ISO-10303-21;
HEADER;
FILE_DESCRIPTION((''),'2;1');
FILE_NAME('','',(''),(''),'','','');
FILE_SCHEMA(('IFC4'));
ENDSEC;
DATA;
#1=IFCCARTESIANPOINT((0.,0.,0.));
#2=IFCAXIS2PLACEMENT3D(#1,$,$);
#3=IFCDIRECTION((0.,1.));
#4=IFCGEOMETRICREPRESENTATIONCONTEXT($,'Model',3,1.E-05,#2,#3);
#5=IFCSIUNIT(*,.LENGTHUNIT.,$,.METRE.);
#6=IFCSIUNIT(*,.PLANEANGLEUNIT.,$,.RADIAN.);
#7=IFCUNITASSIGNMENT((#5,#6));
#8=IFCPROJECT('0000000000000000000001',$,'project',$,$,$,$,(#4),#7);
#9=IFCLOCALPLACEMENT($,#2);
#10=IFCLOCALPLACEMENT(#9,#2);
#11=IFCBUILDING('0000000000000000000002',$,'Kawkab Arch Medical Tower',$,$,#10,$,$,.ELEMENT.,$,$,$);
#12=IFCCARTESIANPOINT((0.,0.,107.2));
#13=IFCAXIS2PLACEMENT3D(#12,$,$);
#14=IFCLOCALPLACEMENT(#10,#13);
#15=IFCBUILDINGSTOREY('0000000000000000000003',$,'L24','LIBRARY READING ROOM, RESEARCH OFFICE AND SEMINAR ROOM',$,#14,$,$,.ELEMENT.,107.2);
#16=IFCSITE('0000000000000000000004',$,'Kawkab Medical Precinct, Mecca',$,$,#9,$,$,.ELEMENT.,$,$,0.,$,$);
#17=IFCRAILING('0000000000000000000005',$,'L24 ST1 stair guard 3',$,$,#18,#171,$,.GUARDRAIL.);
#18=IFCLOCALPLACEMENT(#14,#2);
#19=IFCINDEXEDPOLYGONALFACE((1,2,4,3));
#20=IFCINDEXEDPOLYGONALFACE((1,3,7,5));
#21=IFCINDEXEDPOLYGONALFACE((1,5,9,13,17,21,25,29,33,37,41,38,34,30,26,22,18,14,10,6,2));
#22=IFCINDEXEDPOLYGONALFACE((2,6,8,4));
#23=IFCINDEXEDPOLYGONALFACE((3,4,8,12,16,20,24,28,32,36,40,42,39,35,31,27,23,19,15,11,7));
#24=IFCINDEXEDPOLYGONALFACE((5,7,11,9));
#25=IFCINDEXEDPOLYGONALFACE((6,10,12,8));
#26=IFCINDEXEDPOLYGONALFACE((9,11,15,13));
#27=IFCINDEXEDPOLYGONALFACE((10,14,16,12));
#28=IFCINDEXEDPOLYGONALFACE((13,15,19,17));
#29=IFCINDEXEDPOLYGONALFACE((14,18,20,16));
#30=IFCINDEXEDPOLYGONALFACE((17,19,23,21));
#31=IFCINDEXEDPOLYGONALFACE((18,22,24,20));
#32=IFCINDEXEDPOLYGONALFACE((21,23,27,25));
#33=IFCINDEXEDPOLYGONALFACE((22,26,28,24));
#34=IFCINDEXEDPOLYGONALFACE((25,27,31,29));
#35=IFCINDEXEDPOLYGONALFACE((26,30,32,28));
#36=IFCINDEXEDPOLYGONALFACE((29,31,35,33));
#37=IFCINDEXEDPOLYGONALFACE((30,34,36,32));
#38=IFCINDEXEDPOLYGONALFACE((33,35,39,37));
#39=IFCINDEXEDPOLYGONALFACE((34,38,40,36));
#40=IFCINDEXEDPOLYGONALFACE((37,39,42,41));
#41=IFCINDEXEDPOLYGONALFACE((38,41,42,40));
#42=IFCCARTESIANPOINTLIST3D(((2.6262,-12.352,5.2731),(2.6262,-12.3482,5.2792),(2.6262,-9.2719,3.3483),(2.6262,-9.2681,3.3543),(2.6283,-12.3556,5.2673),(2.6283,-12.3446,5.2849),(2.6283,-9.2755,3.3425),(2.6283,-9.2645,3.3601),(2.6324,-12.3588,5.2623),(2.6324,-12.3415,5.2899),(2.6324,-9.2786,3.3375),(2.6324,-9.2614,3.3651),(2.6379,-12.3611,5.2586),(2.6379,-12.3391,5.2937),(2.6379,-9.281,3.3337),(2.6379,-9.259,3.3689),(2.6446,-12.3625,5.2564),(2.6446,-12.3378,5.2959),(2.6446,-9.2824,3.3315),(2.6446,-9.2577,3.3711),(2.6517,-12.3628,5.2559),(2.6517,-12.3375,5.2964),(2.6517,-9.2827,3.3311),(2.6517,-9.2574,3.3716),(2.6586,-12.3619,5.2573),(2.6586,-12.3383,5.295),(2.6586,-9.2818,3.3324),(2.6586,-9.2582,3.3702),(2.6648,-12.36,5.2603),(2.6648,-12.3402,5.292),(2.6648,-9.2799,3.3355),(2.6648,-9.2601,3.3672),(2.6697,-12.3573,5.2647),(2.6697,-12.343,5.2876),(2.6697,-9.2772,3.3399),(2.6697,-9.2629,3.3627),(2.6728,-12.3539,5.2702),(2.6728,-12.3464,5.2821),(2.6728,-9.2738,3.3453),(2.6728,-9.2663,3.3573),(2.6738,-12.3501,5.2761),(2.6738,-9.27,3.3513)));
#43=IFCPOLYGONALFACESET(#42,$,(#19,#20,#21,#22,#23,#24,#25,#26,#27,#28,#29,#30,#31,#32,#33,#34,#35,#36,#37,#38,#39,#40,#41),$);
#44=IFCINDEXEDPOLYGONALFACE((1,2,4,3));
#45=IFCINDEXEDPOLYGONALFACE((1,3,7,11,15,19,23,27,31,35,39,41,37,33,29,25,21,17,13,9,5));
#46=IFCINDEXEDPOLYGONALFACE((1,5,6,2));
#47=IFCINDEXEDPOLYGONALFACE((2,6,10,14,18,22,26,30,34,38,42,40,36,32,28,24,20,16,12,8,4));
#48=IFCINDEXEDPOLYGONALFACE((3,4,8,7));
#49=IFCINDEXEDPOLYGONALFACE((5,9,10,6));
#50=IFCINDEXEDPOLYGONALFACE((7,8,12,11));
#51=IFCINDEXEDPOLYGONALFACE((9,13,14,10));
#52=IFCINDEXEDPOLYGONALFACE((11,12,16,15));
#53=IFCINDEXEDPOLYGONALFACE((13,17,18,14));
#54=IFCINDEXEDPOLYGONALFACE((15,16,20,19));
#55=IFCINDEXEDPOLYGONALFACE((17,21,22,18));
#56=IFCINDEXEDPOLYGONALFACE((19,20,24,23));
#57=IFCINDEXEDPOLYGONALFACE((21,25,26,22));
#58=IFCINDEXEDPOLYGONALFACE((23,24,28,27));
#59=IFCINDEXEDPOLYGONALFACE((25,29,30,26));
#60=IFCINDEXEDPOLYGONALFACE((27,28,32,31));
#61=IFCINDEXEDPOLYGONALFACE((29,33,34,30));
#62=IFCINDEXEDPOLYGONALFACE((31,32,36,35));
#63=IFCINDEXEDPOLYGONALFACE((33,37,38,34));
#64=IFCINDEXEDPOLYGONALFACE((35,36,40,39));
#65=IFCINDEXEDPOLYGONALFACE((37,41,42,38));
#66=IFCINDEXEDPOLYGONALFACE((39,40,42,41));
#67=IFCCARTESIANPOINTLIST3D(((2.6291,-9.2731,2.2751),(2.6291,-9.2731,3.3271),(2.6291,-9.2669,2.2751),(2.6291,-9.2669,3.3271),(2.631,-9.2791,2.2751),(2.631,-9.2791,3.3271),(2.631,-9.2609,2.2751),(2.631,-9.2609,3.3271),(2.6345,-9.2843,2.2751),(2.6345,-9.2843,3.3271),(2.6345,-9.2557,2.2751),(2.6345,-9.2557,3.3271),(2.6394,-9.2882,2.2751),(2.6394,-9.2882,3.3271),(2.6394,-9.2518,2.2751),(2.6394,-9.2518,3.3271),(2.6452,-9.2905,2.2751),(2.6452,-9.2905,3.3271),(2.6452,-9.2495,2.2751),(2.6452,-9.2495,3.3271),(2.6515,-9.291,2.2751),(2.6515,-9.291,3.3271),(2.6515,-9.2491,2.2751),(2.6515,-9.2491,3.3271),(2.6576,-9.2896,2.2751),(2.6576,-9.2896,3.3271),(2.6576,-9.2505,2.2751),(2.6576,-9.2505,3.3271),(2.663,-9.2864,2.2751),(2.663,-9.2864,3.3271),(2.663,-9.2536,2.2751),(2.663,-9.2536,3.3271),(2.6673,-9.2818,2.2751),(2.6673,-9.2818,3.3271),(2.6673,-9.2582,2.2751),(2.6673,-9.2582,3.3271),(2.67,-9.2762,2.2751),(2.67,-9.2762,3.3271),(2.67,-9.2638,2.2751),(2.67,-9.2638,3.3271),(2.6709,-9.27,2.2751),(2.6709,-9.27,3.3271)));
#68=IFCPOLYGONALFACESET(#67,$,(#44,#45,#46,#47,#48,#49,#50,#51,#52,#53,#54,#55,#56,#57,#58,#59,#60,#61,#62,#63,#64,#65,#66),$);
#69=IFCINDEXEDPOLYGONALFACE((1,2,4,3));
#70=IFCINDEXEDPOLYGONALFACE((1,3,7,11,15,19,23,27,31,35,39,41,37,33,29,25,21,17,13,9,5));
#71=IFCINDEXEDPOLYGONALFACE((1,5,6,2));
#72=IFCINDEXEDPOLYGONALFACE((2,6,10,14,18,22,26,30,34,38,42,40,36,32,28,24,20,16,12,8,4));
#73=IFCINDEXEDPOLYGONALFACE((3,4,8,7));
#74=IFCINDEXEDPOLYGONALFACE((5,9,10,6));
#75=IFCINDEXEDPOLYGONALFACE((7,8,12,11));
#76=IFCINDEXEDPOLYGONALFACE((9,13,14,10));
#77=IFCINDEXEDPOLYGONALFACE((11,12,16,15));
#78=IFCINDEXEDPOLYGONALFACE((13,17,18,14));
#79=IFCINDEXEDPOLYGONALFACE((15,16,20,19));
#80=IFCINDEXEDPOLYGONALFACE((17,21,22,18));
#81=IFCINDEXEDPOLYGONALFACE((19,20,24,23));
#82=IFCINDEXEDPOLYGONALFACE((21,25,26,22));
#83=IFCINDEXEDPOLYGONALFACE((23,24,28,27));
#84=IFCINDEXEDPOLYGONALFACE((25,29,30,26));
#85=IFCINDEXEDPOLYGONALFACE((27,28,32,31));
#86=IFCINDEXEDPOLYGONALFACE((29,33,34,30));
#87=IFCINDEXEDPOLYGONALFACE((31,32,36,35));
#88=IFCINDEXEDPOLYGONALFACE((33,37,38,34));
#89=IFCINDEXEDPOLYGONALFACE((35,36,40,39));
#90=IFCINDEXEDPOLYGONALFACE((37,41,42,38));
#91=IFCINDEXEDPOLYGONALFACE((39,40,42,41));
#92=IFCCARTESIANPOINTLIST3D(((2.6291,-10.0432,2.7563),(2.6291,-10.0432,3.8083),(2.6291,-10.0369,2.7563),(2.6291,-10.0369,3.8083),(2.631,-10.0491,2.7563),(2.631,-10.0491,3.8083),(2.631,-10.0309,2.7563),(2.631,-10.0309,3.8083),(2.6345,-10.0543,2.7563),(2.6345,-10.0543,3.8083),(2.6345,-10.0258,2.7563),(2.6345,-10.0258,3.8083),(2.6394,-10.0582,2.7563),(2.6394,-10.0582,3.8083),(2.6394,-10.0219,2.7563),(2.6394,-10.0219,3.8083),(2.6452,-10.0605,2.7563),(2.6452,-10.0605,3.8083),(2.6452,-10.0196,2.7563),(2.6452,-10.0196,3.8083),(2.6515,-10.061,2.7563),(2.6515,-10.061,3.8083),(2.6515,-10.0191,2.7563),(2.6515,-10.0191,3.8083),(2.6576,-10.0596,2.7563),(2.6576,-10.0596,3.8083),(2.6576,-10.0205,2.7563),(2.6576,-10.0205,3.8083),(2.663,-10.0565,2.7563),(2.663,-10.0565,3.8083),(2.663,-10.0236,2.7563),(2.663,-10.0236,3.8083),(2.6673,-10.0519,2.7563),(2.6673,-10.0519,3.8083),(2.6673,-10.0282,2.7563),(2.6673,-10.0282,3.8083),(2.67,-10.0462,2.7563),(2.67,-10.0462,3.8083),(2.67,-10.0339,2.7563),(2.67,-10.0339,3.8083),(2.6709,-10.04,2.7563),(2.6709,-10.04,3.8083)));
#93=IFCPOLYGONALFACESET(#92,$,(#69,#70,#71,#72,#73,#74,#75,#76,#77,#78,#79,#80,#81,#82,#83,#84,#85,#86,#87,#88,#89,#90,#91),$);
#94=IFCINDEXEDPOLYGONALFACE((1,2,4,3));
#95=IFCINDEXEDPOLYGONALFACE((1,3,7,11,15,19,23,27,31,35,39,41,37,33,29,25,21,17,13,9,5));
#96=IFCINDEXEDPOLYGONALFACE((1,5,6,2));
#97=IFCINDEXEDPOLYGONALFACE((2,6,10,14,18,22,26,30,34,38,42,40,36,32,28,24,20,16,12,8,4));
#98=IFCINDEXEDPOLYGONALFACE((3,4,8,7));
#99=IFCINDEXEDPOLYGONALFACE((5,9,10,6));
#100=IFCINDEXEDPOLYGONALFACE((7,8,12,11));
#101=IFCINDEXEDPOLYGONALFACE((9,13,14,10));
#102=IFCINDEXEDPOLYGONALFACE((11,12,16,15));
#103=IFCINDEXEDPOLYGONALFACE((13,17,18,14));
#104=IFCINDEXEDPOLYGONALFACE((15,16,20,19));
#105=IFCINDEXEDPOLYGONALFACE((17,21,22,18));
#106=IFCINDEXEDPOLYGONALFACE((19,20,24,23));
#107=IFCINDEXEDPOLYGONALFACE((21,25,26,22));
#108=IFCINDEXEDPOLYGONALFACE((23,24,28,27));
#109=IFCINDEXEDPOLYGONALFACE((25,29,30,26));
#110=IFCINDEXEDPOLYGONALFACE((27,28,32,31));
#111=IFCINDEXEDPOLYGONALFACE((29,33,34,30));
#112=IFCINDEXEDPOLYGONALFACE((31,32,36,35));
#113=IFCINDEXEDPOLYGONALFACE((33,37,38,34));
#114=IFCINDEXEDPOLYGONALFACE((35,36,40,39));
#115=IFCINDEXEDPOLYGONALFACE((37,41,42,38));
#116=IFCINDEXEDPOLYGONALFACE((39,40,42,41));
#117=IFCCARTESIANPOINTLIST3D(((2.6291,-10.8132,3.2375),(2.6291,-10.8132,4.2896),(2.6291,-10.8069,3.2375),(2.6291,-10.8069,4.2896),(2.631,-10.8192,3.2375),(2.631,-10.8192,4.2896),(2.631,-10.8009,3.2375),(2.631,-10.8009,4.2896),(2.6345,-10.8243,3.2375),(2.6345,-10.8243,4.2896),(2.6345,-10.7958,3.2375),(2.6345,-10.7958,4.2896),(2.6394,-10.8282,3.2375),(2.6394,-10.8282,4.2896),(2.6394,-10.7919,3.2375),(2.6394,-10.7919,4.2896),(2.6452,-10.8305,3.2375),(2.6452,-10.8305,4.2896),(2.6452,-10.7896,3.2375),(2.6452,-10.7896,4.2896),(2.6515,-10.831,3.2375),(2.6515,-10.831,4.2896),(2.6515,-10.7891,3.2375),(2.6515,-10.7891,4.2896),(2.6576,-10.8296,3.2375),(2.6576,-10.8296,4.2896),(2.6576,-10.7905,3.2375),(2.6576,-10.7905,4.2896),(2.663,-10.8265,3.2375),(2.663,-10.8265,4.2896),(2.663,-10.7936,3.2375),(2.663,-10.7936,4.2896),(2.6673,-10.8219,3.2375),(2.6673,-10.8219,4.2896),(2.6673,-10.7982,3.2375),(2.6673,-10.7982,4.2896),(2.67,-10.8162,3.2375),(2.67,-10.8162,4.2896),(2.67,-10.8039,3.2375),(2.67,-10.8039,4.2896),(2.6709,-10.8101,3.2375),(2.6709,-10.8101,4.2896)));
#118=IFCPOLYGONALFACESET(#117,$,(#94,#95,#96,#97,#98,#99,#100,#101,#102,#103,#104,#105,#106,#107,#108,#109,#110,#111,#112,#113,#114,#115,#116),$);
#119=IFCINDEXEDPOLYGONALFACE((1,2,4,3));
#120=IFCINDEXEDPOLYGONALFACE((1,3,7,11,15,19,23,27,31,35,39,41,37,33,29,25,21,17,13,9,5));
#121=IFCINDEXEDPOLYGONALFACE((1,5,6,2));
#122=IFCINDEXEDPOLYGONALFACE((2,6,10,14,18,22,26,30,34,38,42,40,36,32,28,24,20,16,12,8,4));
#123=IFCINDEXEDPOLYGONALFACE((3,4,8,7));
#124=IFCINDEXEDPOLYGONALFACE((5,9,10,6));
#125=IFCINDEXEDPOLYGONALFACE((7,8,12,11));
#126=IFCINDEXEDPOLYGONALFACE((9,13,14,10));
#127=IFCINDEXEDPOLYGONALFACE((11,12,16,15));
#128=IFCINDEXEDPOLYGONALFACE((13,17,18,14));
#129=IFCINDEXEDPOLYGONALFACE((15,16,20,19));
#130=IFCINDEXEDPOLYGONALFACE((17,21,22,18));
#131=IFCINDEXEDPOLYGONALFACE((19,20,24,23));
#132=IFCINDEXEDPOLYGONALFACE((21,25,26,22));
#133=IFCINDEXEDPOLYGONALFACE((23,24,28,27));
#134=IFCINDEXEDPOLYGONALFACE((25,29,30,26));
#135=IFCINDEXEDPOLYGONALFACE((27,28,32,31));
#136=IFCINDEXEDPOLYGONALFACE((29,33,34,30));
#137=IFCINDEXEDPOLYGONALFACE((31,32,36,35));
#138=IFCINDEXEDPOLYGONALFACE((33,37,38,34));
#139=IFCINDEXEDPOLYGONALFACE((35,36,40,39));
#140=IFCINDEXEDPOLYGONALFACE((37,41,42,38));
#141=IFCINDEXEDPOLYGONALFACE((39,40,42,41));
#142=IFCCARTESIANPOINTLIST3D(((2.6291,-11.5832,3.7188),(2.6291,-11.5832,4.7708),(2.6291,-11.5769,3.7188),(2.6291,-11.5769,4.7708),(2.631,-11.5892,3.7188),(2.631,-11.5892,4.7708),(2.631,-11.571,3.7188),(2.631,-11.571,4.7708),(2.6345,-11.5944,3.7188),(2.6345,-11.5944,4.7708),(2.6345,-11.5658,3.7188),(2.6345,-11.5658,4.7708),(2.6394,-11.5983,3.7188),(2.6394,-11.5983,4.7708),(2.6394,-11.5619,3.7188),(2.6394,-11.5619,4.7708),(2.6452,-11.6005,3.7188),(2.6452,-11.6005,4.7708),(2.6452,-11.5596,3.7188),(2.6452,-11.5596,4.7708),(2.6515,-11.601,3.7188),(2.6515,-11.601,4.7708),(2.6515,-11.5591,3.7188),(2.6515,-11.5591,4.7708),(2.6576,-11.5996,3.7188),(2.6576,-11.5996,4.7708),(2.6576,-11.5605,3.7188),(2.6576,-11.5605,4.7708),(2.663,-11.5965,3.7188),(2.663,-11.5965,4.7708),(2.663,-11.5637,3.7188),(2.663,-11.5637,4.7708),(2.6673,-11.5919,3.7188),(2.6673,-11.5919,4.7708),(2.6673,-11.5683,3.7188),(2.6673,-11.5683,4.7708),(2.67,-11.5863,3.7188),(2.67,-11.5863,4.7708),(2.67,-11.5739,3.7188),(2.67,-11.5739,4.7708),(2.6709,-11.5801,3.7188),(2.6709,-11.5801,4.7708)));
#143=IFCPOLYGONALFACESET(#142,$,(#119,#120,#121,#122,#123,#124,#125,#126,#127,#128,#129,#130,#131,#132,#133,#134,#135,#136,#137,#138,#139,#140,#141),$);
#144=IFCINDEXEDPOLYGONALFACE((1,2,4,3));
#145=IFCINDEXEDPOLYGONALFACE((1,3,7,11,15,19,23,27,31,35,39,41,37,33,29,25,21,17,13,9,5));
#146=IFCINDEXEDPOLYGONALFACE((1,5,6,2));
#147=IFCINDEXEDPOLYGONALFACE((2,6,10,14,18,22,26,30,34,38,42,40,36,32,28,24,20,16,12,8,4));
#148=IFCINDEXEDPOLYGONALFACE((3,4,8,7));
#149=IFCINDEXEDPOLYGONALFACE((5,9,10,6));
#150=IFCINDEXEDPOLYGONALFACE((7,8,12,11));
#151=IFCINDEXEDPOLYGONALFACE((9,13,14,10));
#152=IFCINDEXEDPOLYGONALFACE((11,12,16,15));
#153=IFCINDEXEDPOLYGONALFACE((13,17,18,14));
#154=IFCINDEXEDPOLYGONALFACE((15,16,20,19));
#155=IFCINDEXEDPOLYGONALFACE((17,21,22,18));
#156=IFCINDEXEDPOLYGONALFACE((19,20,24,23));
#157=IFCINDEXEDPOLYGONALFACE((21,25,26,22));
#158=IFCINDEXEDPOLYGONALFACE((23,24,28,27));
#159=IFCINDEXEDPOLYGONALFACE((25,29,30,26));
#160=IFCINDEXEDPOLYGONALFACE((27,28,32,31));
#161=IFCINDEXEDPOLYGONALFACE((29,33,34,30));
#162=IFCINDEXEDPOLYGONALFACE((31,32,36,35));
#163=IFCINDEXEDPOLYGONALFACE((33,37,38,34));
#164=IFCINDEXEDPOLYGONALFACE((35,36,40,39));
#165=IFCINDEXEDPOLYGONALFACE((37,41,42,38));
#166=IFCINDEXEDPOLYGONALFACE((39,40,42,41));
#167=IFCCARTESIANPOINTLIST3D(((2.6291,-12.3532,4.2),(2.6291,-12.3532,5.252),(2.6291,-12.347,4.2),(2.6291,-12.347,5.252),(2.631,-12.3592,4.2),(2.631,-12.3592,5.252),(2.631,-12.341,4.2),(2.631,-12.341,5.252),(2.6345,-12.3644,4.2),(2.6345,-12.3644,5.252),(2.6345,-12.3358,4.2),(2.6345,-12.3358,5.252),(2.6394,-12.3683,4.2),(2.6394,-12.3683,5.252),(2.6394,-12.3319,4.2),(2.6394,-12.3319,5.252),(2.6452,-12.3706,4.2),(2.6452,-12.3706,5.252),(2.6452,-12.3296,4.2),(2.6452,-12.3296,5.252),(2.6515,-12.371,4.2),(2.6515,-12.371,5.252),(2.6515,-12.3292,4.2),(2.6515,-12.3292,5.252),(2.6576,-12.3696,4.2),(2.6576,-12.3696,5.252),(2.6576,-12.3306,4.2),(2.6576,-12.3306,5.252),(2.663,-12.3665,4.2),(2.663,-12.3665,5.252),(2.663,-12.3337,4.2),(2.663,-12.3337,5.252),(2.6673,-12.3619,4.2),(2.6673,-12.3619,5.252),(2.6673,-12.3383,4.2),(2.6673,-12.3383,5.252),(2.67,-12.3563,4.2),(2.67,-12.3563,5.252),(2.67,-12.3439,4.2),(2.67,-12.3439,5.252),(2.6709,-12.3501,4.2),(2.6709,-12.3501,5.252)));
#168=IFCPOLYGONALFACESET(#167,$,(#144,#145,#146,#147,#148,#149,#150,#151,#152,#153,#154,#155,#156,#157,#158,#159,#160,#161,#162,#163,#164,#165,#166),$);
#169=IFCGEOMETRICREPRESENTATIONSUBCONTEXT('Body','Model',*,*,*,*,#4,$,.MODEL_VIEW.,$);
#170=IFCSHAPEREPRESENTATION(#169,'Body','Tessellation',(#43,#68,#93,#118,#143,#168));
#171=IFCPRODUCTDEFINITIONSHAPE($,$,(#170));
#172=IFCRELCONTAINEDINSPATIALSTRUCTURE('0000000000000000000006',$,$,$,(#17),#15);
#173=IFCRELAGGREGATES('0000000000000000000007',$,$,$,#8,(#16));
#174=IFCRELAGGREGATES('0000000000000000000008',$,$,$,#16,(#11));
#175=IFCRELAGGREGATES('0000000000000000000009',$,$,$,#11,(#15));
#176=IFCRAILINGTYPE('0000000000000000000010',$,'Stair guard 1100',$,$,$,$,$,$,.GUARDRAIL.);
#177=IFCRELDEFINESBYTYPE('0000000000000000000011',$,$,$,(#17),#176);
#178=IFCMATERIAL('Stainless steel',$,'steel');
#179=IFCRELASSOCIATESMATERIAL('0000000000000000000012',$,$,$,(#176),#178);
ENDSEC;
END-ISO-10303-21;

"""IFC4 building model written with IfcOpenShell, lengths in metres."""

from ifc_helpers import new_model, si_unit, direction, frame, origin, origin_2d, place, context, subcontext, project, spatial, circle, extrude, material, type_object, element, save


model = new_model("IFC4")

# Units and contexts
model_context = context("Model", 3, precision=1e-05, world=origin(), true_north=direction((0.0, 1.0)))
body_context = subcontext(model_context, "Body", "Model", "MODEL_VIEW")
ifc_project = project(units=[si_unit("LENGTHUNIT", "METRE"), si_unit("PLANEANGLEUNIT", "RADIAN")], contexts=[model_context])

# Site, building, storey
site_placement = place(None, origin())
site = spatial("IfcSite", under=ifc_project, at=site_placement, Name="Kawkab Medical Precinct, Mecca", CompositionType="ELEMENT", RefElevation=0.0)
building_placement = place(site_placement, origin())
building = spatial("IfcBuilding", under=site, at=building_placement, Name="Kawkab Arch Medical Tower", CompositionType="ELEMENT")
storey_placement = place(building_placement, frame((0.0, 0.0, 107.2)))
storey = spatial("IfcBuildingStorey", under=building, at=storey_placement, Name="L24", Description="LIBRARY READING ROOM, RESEARCH OFFICE AND SEMINAR ROOM", CompositionType="ELEMENT", Elevation=107.2)

# Railing
ifc_material_1 = material(Name="Stainless steel", Category="steel")
railing_type_1 = type_object("IfcRailingType", Name="Stair guard 1100", PredefinedType="GUARDRAIL", material=ifc_material_1)
railing_1_placement = place(storey_placement, frame((2.6499, -9.27, 2.2751)))
element("IfcRailing", 1, at=railing_1_placement, inside=storey, type_object=railing_type_1, Name="L24 ST1 stair guard 3", PredefinedType="GUARDRAIL", context=body_context, shape_type="SweptSolid", body=[
    extrude(circle(Radius=0.0239, at=origin_2d()), frame((0.0, 0.0, 1.0762), z_axis=(0.0, -0.848029, 0.529951), x_axis=(1.0, 0.0, 0.0)), (0.0, 0.0, 1.0), 3.6321),
    extrude(circle(Radius=0.021, at=origin_2d()), origin(), (0.0, 0.0, 1.0), 1.052),
    extrude(circle(Radius=0.021, at=origin_2d()), frame((0.0, -0.77, 0.4812)), (0.0, 0.0, 1.0), 1.052),
    extrude(circle(Radius=0.021, at=origin_2d()), frame((0.0, -1.54, 0.9624)), (0.0, 0.0, 1.0), 1.052),
    extrude(circle(Radius=0.021, at=origin_2d()), frame((0.0, -2.3101, 1.4436)), (0.0, 0.0, 1.0), 1.052),
    extrude(circle(Radius=0.021, at=origin_2d()), frame((0.0, -3.0801, 1.9248)), (0.0, 0.0, 1.0), 1.052),
])

save(model, "model.ifc")
